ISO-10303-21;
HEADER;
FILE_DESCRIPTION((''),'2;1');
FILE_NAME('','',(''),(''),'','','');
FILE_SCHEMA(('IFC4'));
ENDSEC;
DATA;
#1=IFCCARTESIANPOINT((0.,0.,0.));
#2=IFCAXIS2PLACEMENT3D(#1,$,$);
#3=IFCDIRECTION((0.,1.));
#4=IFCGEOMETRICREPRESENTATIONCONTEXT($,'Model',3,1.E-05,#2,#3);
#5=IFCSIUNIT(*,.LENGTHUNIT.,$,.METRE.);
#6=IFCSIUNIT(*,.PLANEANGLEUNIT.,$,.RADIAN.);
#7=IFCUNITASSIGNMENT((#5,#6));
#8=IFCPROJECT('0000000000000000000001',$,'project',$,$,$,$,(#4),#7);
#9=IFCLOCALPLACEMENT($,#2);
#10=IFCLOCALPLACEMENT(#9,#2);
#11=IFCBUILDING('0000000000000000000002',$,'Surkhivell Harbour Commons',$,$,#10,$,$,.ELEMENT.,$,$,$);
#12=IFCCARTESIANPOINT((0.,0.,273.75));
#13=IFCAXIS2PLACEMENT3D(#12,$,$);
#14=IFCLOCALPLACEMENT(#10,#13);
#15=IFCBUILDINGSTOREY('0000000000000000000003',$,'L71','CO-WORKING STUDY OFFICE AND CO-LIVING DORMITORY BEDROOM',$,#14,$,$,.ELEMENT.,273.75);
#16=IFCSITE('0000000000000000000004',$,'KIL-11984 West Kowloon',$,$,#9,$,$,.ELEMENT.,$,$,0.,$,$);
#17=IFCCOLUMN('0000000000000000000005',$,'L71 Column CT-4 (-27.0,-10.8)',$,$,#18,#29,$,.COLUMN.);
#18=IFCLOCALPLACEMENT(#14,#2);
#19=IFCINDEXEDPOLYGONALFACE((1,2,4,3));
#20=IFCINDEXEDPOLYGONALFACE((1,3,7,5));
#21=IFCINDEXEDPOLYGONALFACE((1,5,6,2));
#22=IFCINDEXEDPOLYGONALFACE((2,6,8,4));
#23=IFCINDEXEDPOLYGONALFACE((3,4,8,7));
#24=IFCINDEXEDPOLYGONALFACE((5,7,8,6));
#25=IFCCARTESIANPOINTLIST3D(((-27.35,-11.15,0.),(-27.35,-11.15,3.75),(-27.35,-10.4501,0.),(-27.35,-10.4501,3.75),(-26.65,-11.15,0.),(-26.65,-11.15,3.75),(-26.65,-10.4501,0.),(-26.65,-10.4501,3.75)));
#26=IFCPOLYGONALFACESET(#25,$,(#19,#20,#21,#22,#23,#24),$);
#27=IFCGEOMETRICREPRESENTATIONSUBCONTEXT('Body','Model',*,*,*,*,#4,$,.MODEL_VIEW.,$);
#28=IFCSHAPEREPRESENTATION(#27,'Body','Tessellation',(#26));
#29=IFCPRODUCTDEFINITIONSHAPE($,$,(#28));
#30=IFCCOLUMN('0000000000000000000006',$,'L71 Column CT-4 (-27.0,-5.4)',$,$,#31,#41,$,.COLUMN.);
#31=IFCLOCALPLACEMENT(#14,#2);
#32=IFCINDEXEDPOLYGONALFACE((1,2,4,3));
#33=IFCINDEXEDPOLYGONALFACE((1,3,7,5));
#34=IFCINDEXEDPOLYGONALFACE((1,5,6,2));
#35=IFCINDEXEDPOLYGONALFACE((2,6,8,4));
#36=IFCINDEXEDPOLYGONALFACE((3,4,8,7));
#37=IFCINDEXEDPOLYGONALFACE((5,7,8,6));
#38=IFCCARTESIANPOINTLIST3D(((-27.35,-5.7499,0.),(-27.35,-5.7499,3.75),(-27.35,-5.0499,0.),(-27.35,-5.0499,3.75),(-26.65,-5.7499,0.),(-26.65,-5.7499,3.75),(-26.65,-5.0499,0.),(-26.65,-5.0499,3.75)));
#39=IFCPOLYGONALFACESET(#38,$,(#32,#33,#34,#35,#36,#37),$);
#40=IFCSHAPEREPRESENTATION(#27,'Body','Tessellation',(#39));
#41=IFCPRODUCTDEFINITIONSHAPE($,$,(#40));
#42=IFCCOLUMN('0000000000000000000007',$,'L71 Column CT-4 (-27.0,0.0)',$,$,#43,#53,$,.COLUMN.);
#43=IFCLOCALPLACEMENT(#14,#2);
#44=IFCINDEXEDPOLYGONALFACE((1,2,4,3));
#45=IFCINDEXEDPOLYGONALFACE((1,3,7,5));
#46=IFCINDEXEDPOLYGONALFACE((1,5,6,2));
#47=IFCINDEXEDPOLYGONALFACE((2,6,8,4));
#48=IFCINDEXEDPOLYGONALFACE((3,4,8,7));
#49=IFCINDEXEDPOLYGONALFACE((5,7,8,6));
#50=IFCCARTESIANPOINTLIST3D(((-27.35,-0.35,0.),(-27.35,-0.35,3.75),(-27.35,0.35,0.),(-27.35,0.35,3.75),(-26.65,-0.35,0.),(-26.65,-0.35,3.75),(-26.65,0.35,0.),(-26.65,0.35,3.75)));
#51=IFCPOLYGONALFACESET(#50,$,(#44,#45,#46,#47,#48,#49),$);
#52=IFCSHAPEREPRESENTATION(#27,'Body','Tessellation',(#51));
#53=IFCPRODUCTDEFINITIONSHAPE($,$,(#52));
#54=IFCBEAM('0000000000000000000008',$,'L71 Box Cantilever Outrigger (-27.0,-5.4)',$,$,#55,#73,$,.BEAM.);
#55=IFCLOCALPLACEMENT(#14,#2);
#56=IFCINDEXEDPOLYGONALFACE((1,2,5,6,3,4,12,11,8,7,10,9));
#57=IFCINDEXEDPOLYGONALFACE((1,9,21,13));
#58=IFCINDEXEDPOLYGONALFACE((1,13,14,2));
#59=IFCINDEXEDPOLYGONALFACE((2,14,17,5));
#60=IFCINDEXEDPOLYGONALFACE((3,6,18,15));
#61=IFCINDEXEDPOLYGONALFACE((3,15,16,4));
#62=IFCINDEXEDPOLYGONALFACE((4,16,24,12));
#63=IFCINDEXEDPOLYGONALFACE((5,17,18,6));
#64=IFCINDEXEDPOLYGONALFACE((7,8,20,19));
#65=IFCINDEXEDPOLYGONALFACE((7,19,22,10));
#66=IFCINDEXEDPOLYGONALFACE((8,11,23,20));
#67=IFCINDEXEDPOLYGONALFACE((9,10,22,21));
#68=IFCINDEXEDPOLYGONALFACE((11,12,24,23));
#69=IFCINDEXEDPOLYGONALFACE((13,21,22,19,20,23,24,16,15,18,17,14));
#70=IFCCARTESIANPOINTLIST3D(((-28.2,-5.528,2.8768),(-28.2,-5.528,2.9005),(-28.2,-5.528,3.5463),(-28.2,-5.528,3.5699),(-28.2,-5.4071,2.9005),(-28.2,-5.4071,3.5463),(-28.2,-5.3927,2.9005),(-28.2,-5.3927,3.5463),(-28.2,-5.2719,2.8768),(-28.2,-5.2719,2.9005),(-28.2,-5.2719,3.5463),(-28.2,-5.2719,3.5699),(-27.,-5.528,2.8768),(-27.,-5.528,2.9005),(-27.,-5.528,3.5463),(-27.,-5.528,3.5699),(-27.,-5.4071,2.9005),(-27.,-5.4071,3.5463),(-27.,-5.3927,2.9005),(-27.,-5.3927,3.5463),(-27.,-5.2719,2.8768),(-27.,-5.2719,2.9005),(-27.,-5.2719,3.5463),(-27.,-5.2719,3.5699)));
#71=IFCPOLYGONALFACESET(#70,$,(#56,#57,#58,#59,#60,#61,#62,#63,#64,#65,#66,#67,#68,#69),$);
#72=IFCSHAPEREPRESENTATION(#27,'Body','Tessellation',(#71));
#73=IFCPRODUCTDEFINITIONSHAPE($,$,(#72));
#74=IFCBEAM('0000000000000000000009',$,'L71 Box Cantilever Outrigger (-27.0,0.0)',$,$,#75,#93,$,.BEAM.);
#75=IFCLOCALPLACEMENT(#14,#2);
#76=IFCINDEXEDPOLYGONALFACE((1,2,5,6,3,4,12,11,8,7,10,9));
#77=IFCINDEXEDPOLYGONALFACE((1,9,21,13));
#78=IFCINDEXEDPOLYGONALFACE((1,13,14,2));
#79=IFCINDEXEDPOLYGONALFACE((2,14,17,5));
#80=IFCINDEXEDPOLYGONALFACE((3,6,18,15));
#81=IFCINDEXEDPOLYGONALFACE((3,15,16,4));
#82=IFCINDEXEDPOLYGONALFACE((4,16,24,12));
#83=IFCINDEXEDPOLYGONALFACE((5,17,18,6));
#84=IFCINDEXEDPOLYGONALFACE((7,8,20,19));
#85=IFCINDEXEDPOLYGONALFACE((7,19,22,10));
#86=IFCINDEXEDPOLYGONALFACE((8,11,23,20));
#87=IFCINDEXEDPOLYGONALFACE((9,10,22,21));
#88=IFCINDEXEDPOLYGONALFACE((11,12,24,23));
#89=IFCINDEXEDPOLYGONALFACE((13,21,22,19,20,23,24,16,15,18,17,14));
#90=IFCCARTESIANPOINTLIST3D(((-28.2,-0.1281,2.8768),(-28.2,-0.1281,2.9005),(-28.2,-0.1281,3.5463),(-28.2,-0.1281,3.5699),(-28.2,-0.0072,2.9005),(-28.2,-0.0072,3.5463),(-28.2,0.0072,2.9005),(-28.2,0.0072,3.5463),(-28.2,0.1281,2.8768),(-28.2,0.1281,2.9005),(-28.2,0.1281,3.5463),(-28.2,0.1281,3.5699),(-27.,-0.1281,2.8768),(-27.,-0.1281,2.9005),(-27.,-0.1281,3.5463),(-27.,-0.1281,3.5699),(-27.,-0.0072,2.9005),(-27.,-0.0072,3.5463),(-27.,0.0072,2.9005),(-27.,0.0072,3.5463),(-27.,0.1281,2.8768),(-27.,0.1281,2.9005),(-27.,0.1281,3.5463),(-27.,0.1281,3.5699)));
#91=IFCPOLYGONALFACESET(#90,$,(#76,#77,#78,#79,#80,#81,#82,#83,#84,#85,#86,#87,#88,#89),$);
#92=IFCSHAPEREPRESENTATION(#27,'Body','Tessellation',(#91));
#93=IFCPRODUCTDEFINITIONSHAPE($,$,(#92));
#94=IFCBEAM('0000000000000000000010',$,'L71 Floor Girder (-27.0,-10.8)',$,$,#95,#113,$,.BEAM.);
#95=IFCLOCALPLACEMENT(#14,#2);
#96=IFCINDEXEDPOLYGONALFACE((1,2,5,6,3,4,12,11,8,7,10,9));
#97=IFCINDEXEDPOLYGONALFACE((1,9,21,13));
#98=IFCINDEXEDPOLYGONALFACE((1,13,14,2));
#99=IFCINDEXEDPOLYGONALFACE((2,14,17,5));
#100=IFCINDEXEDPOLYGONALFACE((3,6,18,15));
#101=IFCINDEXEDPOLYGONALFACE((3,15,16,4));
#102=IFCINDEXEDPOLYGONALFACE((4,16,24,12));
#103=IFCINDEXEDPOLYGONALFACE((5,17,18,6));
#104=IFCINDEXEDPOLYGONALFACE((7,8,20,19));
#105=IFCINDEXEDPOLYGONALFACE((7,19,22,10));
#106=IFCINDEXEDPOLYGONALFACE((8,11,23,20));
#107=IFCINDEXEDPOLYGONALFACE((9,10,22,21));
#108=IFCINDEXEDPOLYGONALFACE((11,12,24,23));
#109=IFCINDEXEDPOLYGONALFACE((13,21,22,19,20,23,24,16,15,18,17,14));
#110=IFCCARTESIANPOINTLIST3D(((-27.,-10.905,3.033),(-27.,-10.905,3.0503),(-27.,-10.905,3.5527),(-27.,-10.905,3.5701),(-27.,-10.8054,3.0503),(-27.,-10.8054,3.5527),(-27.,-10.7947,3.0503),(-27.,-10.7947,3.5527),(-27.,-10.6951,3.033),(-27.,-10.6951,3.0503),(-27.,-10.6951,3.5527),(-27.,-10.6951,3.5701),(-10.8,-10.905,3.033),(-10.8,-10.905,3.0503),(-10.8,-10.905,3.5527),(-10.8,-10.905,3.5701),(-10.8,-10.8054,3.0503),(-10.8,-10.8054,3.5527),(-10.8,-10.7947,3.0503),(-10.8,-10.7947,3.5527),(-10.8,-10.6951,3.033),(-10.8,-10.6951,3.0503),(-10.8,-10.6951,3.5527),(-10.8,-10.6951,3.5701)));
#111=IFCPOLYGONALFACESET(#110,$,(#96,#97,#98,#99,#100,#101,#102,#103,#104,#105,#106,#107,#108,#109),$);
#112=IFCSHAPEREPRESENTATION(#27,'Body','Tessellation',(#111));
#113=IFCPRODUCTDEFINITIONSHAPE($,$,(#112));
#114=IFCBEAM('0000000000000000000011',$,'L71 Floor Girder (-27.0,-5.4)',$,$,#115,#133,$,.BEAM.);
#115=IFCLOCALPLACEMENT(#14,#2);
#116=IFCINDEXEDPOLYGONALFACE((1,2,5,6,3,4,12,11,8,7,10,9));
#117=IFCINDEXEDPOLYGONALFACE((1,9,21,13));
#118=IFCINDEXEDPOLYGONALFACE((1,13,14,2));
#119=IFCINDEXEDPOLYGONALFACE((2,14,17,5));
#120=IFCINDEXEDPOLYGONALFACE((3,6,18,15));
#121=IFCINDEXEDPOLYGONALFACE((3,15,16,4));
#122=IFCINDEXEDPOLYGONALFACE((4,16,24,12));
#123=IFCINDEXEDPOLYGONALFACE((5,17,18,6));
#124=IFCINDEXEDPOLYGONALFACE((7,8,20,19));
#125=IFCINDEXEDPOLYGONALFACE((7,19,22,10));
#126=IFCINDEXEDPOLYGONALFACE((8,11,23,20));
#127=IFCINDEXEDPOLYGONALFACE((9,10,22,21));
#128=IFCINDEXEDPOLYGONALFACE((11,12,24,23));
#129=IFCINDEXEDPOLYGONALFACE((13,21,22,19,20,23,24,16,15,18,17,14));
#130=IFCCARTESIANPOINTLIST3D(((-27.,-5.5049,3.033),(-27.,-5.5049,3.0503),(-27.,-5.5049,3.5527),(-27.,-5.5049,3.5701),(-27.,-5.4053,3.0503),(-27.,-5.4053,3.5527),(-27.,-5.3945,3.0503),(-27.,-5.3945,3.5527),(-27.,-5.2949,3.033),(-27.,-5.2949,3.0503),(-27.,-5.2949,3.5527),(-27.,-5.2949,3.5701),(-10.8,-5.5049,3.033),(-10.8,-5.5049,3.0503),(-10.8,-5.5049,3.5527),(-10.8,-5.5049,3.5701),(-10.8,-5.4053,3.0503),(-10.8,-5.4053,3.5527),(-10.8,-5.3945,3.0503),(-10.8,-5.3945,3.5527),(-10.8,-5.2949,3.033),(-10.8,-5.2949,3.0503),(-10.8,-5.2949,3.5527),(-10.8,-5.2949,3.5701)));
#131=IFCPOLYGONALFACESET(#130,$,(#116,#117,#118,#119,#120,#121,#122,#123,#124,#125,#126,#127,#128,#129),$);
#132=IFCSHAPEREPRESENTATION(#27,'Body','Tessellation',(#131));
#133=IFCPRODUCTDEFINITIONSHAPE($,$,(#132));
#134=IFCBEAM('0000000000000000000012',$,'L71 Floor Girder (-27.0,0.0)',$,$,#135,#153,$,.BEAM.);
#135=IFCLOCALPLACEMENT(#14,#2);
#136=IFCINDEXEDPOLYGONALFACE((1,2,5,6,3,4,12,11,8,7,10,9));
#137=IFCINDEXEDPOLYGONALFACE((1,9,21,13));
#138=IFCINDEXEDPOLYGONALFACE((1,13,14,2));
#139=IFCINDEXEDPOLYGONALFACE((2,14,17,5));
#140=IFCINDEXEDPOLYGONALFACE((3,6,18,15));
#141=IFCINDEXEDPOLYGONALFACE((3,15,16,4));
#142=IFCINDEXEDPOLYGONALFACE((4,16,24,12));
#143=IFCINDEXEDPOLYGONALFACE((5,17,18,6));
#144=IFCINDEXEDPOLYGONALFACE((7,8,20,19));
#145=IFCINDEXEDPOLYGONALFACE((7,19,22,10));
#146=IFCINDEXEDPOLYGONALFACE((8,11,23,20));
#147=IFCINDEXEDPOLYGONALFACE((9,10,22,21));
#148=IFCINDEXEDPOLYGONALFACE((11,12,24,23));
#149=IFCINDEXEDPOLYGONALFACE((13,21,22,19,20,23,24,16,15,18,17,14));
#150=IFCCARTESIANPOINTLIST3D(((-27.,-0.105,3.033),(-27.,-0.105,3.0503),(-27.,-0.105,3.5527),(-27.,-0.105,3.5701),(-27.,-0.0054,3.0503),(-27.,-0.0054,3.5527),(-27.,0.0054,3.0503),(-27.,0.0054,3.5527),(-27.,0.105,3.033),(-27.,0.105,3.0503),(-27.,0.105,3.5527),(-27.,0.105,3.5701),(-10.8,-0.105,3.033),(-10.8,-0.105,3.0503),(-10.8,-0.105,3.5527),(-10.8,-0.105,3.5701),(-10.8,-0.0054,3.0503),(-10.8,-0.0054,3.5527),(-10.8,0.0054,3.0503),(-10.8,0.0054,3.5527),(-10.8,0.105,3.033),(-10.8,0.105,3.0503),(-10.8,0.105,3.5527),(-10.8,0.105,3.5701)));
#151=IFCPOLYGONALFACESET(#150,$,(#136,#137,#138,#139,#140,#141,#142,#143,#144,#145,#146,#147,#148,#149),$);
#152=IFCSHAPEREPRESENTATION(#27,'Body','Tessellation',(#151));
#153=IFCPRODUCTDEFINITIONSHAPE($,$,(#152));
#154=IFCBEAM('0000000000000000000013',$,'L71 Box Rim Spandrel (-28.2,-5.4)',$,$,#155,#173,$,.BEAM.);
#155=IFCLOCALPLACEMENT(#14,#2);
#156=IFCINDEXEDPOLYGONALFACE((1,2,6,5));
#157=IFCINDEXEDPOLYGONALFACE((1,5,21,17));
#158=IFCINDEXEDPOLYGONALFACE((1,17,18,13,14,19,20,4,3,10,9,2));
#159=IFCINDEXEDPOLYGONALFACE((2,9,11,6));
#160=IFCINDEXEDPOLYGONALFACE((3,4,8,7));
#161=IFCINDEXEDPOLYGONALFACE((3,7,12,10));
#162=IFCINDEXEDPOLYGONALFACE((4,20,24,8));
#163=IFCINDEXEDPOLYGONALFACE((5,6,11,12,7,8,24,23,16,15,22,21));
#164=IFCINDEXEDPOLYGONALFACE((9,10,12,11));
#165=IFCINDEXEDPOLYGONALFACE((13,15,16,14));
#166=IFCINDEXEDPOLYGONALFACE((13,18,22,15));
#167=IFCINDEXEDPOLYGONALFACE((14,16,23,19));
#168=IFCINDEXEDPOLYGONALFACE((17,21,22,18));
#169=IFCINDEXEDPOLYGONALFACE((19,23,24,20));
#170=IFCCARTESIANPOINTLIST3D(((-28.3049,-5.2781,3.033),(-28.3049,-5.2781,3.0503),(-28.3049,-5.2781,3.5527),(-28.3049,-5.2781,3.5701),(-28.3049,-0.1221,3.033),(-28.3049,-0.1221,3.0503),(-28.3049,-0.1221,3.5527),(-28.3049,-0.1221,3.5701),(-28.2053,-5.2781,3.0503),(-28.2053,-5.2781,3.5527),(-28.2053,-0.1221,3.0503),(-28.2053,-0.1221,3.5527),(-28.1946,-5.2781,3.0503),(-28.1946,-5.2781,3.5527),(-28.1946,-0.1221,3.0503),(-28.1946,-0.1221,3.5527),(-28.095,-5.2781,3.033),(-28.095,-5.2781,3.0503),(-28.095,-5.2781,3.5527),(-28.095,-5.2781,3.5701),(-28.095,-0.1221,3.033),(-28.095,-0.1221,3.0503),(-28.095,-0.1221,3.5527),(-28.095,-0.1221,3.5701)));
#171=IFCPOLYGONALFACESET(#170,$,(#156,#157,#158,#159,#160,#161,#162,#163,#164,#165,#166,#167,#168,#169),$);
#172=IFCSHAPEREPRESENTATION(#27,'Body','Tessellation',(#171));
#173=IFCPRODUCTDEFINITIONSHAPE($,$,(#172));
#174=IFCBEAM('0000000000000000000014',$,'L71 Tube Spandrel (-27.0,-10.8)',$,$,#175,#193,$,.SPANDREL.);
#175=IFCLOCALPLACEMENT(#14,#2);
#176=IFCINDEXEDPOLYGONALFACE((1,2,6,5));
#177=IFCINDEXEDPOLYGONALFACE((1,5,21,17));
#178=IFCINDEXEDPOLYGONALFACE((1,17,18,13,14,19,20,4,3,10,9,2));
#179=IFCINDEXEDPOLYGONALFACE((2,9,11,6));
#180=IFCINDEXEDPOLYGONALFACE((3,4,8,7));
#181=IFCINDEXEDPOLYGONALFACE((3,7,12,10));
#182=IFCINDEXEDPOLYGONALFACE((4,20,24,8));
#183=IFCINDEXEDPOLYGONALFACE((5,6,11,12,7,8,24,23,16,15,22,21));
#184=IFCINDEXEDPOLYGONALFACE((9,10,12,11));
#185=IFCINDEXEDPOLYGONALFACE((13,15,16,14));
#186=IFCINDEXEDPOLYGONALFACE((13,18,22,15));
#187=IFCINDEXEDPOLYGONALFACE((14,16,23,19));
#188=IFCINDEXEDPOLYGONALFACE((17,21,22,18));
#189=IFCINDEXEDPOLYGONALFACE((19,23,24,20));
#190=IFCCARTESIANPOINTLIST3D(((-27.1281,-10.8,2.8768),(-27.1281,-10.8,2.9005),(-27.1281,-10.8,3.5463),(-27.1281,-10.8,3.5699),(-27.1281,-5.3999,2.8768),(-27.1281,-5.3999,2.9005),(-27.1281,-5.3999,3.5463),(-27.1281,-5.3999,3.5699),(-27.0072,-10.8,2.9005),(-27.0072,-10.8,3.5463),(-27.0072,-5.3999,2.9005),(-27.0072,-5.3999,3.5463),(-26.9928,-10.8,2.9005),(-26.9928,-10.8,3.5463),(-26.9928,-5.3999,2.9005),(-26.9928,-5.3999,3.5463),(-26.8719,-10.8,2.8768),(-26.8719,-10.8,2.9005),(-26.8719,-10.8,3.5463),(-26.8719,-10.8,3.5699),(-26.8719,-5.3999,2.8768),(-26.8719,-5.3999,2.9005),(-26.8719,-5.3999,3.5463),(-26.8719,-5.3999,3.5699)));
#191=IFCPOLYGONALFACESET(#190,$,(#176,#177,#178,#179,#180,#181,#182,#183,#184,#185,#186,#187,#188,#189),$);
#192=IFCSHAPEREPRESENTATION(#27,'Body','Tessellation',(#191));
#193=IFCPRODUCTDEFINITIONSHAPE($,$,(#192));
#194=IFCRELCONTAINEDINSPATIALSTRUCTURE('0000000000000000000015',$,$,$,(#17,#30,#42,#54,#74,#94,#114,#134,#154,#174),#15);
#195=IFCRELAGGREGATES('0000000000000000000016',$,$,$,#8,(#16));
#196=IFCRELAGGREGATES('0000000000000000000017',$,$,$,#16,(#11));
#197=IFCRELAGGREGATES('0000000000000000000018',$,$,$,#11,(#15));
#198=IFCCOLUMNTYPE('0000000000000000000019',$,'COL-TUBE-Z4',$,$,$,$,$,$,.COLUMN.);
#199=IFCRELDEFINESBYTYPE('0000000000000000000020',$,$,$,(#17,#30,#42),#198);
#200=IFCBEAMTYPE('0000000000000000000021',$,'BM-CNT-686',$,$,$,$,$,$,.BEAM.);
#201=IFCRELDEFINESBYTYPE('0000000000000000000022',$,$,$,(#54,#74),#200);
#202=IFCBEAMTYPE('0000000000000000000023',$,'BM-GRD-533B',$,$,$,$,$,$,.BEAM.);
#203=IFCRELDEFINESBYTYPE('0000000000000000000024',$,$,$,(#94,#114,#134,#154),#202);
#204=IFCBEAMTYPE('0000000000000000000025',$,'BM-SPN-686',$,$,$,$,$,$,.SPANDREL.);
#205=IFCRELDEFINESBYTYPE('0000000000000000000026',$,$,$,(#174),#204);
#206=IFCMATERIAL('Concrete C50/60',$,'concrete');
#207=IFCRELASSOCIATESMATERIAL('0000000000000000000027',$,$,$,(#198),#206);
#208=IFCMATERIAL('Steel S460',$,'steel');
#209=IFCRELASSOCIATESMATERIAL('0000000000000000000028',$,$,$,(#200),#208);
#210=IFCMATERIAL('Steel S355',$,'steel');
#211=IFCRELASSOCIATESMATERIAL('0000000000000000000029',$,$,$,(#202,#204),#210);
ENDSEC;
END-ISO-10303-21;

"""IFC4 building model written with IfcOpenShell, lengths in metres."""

from ifc_helpers import new_model, si_unit, direction, frame, origin, origin_2d, place, context, subcontext, project, spatial, rectangle, i_section, extrude, material, material_profile, profile_set, type_object, element, save


model = new_model("IFC4")

# Units and contexts
model_context = context("Model", 3, precision=1e-05, world=origin(), true_north=direction((0.0, 1.0)))
body_context = subcontext(model_context, "Body", "Model", "MODEL_VIEW")
ifc_project = project(units=[si_unit("LENGTHUNIT", "METRE"), si_unit("PLANEANGLEUNIT", "RADIAN")], contexts=[model_context])

# Site, building, storey
site_placement = place(None, origin())
site = spatial("IfcSite", under=ifc_project, at=site_placement, Name="KIL-11984 West Kowloon", CompositionType="ELEMENT", RefElevation=0.0)
building_placement = place(site_placement, origin())
building = spatial("IfcBuilding", under=site, at=building_placement, Name="Surkhivell Harbour Commons", CompositionType="ELEMENT")
storey_placement = place(building_placement, frame((0.0, 0.0, 273.75)))
storey = spatial("IfcBuildingStorey", under=building, at=storey_placement, Name="L71", Description="CO-WORKING STUDY OFFICE AND CO-LIVING DORMITORY BEDROOM", CompositionType="ELEMENT", Elevation=273.75)

# Columns
ifc_material_1 = material(Name="Concrete C50/60", Category="concrete")
ifc_material_profile_1 = material_profile(ifc_material_1, rectangle(XDim=0.7, YDim=0.7, at=origin_2d()), Name="RC-COL-700x700")
ifc_profile_set_1 = profile_set([ifc_material_profile_1], Name="Concrete C50/60")
column_type = type_object("IfcColumnType", Name="COL-TUBE-Z4", PredefinedType="COLUMN", material=ifc_profile_set_1)
for number, where, z_axis, x_axis, name in (
    (1, (-27.0, -10.8, 0.0), (0.0, 0.0, 1.0), (1.0, 0.0, 0.0), "L71 Column CT-4 (-27.0,-10.8)"),
    (2, (-27.0, -5.3999, 0.0), (0.0, 0.0, 1.0), (1.0, 0.0, 0.0), "L71 Column CT-4 (-27.0,-5.4)"),
    (3, (-27.0, 0.0, 0.0), (0.0, 0.0, 1.0), (1.0, 0.0, 0.0), "L71 Column CT-4 (-27.0,0.0)"),
):
    element("IfcColumn", number, at=place(storey_placement, frame(where, z_axis=z_axis, x_axis=x_axis)), inside=storey, type_object=column_type, Name=name, PredefinedType="COLUMN", context=body_context, shape_type="SweptSolid", body=[
        extrude(rectangle(XDim=0.7, YDim=0.7, at=origin_2d()), origin(), (0.0, 0.0, 1.0), 3.75),
    ])

# Beams
ifc_material_2 = material(Name="Steel S460", Category="steel")
ifc_material_profile_2 = material_profile(ifc_material_2, i_section(OverallWidth=0.2561, OverallDepth=0.6931, WebThickness=0.0144, FlangeThickness=0.0237, at=origin_2d()), Name="UB686x254x170")
ifc_profile_set_2 = profile_set([ifc_material_profile_2], Name="Steel S460")
beam_type_1 = type_object("IfcBeamType", Name="BM-CNT-686", PredefinedType="BEAM", material=ifc_profile_set_2)
for number, where, z_axis, x_axis, name in (
    (4, (-27.0, -5.3999, 3.2234), (-1.0, 0.0, 0.0), (0.0, -1.0, 0.0), "L71 Box Cantilever Outrigger (-27.0,-5.4)"),
    (5, (-27.0, 0.0, 3.2234), (-1.0, 0.0, 0.0), (0.0, -1.0, 0.0), "L71 Box Cantilever Outrigger (-27.0,0.0)"),
):
    element("IfcBeam", number, at=place(storey_placement, frame(where, z_axis=z_axis, x_axis=x_axis)), inside=storey, type_object=beam_type_1, Name=name, PredefinedType="BEAM", context=body_context, shape_type="SweptSolid", body=[
        extrude(i_section(OverallWidth=0.2561, OverallDepth=0.6931, WebThickness=0.0144, FlangeThickness=0.0237, at=origin_2d()), origin(), (0.0, 0.0, 1.0), 1.2),
    ])
ifc_material_3 = material(Name="Steel S355", Category="steel")
ifc_material_profile_3 = material_profile(ifc_material_3, i_section(OverallWidth=0.21, OverallDepth=0.5371, WebThickness=0.0107, FlangeThickness=0.0173, at=origin_2d()), Name="UB533x210x101")
ifc_profile_set_3 = profile_set([ifc_material_profile_3], Name="Steel S355")
beam_type_2 = type_object("IfcBeamType", Name="BM-GRD-533B", PredefinedType="BEAM", material=ifc_profile_set_3)
for number, where, z_axis, x_axis, name in (
    (6, (-27.0, -10.8, 3.3015), (1.0, 0.0, 0.0), (0.0, 1.0, 0.0), "L71 Floor Girder (-27.0,-10.8)"),
    (7, (-27.0, -5.3999, 3.3015), (1.0, 0.0, 0.0), (0.0, 1.0, 0.0), "L71 Floor Girder (-27.0,-5.4)"),
    (8, (-27.0, 0.0, 3.3015), (1.0, 0.0, 0.0), (0.0, 1.0, 0.0), "L71 Floor Girder (-27.0,0.0)"),
):
    element("IfcBeam", number, at=place(storey_placement, frame(where, z_axis=z_axis, x_axis=x_axis)), inside=storey, type_object=beam_type_2, Name=name, PredefinedType="BEAM", context=body_context, shape_type="SweptSolid", body=[
        extrude(i_section(OverallWidth=0.21, OverallDepth=0.5371, WebThickness=0.0107, FlangeThickness=0.0173, at=origin_2d()), origin(), (0.0, 0.0, 1.0), 16.2),
    ])
beam_1_placement = place(storey_placement, frame((-28.2, -5.2781, 3.3015), z_axis=(0.0, 1.0, 0.0), x_axis=(-1.0, 0.0, 0.0)))
element("IfcBeam", 9, at=beam_1_placement, inside=storey, type_object=beam_type_2, Name="L71 Box Rim Spandrel (-28.2,-5.4)", PredefinedType="BEAM", context=body_context, shape_type="SweptSolid", body=[
    extrude(i_section(OverallWidth=0.21, OverallDepth=0.5371, WebThickness=0.0107, FlangeThickness=0.0173, at=origin_2d()), origin(), (0.0, 0.0, 1.0), 5.156),
])
ifc_material_profile_4 = material_profile(ifc_material_3, i_section(OverallWidth=0.2561, OverallDepth=0.6931, WebThickness=0.0144, FlangeThickness=0.0237, at=origin_2d()), Name="UB686x254x170")
ifc_profile_set_4 = profile_set([ifc_material_profile_4], Name="Steel S355")
beam_type_3 = type_object("IfcBeamType", Name="BM-SPN-686", PredefinedType="SPANDREL", material=ifc_profile_set_4)
beam_2_placement = place(storey_placement, frame((-27.0, -10.8, 3.2234), z_axis=(0.0, 1.0, 0.0), x_axis=(-1.0, 0.0, 0.0)))
element("IfcBeam", 10, at=beam_2_placement, inside=storey, type_object=beam_type_3, Name="L71 Tube Spandrel (-27.0,-10.8)", PredefinedType="SPANDREL", context=body_context, shape_type="SweptSolid", body=[
    extrude(i_section(OverallWidth=0.2561, OverallDepth=0.6931, WebThickness=0.0144, FlangeThickness=0.0237, at=origin_2d()), origin(), (0.0, 0.0, 1.0), 5.4001),
])

save(model, "model.ifc")
